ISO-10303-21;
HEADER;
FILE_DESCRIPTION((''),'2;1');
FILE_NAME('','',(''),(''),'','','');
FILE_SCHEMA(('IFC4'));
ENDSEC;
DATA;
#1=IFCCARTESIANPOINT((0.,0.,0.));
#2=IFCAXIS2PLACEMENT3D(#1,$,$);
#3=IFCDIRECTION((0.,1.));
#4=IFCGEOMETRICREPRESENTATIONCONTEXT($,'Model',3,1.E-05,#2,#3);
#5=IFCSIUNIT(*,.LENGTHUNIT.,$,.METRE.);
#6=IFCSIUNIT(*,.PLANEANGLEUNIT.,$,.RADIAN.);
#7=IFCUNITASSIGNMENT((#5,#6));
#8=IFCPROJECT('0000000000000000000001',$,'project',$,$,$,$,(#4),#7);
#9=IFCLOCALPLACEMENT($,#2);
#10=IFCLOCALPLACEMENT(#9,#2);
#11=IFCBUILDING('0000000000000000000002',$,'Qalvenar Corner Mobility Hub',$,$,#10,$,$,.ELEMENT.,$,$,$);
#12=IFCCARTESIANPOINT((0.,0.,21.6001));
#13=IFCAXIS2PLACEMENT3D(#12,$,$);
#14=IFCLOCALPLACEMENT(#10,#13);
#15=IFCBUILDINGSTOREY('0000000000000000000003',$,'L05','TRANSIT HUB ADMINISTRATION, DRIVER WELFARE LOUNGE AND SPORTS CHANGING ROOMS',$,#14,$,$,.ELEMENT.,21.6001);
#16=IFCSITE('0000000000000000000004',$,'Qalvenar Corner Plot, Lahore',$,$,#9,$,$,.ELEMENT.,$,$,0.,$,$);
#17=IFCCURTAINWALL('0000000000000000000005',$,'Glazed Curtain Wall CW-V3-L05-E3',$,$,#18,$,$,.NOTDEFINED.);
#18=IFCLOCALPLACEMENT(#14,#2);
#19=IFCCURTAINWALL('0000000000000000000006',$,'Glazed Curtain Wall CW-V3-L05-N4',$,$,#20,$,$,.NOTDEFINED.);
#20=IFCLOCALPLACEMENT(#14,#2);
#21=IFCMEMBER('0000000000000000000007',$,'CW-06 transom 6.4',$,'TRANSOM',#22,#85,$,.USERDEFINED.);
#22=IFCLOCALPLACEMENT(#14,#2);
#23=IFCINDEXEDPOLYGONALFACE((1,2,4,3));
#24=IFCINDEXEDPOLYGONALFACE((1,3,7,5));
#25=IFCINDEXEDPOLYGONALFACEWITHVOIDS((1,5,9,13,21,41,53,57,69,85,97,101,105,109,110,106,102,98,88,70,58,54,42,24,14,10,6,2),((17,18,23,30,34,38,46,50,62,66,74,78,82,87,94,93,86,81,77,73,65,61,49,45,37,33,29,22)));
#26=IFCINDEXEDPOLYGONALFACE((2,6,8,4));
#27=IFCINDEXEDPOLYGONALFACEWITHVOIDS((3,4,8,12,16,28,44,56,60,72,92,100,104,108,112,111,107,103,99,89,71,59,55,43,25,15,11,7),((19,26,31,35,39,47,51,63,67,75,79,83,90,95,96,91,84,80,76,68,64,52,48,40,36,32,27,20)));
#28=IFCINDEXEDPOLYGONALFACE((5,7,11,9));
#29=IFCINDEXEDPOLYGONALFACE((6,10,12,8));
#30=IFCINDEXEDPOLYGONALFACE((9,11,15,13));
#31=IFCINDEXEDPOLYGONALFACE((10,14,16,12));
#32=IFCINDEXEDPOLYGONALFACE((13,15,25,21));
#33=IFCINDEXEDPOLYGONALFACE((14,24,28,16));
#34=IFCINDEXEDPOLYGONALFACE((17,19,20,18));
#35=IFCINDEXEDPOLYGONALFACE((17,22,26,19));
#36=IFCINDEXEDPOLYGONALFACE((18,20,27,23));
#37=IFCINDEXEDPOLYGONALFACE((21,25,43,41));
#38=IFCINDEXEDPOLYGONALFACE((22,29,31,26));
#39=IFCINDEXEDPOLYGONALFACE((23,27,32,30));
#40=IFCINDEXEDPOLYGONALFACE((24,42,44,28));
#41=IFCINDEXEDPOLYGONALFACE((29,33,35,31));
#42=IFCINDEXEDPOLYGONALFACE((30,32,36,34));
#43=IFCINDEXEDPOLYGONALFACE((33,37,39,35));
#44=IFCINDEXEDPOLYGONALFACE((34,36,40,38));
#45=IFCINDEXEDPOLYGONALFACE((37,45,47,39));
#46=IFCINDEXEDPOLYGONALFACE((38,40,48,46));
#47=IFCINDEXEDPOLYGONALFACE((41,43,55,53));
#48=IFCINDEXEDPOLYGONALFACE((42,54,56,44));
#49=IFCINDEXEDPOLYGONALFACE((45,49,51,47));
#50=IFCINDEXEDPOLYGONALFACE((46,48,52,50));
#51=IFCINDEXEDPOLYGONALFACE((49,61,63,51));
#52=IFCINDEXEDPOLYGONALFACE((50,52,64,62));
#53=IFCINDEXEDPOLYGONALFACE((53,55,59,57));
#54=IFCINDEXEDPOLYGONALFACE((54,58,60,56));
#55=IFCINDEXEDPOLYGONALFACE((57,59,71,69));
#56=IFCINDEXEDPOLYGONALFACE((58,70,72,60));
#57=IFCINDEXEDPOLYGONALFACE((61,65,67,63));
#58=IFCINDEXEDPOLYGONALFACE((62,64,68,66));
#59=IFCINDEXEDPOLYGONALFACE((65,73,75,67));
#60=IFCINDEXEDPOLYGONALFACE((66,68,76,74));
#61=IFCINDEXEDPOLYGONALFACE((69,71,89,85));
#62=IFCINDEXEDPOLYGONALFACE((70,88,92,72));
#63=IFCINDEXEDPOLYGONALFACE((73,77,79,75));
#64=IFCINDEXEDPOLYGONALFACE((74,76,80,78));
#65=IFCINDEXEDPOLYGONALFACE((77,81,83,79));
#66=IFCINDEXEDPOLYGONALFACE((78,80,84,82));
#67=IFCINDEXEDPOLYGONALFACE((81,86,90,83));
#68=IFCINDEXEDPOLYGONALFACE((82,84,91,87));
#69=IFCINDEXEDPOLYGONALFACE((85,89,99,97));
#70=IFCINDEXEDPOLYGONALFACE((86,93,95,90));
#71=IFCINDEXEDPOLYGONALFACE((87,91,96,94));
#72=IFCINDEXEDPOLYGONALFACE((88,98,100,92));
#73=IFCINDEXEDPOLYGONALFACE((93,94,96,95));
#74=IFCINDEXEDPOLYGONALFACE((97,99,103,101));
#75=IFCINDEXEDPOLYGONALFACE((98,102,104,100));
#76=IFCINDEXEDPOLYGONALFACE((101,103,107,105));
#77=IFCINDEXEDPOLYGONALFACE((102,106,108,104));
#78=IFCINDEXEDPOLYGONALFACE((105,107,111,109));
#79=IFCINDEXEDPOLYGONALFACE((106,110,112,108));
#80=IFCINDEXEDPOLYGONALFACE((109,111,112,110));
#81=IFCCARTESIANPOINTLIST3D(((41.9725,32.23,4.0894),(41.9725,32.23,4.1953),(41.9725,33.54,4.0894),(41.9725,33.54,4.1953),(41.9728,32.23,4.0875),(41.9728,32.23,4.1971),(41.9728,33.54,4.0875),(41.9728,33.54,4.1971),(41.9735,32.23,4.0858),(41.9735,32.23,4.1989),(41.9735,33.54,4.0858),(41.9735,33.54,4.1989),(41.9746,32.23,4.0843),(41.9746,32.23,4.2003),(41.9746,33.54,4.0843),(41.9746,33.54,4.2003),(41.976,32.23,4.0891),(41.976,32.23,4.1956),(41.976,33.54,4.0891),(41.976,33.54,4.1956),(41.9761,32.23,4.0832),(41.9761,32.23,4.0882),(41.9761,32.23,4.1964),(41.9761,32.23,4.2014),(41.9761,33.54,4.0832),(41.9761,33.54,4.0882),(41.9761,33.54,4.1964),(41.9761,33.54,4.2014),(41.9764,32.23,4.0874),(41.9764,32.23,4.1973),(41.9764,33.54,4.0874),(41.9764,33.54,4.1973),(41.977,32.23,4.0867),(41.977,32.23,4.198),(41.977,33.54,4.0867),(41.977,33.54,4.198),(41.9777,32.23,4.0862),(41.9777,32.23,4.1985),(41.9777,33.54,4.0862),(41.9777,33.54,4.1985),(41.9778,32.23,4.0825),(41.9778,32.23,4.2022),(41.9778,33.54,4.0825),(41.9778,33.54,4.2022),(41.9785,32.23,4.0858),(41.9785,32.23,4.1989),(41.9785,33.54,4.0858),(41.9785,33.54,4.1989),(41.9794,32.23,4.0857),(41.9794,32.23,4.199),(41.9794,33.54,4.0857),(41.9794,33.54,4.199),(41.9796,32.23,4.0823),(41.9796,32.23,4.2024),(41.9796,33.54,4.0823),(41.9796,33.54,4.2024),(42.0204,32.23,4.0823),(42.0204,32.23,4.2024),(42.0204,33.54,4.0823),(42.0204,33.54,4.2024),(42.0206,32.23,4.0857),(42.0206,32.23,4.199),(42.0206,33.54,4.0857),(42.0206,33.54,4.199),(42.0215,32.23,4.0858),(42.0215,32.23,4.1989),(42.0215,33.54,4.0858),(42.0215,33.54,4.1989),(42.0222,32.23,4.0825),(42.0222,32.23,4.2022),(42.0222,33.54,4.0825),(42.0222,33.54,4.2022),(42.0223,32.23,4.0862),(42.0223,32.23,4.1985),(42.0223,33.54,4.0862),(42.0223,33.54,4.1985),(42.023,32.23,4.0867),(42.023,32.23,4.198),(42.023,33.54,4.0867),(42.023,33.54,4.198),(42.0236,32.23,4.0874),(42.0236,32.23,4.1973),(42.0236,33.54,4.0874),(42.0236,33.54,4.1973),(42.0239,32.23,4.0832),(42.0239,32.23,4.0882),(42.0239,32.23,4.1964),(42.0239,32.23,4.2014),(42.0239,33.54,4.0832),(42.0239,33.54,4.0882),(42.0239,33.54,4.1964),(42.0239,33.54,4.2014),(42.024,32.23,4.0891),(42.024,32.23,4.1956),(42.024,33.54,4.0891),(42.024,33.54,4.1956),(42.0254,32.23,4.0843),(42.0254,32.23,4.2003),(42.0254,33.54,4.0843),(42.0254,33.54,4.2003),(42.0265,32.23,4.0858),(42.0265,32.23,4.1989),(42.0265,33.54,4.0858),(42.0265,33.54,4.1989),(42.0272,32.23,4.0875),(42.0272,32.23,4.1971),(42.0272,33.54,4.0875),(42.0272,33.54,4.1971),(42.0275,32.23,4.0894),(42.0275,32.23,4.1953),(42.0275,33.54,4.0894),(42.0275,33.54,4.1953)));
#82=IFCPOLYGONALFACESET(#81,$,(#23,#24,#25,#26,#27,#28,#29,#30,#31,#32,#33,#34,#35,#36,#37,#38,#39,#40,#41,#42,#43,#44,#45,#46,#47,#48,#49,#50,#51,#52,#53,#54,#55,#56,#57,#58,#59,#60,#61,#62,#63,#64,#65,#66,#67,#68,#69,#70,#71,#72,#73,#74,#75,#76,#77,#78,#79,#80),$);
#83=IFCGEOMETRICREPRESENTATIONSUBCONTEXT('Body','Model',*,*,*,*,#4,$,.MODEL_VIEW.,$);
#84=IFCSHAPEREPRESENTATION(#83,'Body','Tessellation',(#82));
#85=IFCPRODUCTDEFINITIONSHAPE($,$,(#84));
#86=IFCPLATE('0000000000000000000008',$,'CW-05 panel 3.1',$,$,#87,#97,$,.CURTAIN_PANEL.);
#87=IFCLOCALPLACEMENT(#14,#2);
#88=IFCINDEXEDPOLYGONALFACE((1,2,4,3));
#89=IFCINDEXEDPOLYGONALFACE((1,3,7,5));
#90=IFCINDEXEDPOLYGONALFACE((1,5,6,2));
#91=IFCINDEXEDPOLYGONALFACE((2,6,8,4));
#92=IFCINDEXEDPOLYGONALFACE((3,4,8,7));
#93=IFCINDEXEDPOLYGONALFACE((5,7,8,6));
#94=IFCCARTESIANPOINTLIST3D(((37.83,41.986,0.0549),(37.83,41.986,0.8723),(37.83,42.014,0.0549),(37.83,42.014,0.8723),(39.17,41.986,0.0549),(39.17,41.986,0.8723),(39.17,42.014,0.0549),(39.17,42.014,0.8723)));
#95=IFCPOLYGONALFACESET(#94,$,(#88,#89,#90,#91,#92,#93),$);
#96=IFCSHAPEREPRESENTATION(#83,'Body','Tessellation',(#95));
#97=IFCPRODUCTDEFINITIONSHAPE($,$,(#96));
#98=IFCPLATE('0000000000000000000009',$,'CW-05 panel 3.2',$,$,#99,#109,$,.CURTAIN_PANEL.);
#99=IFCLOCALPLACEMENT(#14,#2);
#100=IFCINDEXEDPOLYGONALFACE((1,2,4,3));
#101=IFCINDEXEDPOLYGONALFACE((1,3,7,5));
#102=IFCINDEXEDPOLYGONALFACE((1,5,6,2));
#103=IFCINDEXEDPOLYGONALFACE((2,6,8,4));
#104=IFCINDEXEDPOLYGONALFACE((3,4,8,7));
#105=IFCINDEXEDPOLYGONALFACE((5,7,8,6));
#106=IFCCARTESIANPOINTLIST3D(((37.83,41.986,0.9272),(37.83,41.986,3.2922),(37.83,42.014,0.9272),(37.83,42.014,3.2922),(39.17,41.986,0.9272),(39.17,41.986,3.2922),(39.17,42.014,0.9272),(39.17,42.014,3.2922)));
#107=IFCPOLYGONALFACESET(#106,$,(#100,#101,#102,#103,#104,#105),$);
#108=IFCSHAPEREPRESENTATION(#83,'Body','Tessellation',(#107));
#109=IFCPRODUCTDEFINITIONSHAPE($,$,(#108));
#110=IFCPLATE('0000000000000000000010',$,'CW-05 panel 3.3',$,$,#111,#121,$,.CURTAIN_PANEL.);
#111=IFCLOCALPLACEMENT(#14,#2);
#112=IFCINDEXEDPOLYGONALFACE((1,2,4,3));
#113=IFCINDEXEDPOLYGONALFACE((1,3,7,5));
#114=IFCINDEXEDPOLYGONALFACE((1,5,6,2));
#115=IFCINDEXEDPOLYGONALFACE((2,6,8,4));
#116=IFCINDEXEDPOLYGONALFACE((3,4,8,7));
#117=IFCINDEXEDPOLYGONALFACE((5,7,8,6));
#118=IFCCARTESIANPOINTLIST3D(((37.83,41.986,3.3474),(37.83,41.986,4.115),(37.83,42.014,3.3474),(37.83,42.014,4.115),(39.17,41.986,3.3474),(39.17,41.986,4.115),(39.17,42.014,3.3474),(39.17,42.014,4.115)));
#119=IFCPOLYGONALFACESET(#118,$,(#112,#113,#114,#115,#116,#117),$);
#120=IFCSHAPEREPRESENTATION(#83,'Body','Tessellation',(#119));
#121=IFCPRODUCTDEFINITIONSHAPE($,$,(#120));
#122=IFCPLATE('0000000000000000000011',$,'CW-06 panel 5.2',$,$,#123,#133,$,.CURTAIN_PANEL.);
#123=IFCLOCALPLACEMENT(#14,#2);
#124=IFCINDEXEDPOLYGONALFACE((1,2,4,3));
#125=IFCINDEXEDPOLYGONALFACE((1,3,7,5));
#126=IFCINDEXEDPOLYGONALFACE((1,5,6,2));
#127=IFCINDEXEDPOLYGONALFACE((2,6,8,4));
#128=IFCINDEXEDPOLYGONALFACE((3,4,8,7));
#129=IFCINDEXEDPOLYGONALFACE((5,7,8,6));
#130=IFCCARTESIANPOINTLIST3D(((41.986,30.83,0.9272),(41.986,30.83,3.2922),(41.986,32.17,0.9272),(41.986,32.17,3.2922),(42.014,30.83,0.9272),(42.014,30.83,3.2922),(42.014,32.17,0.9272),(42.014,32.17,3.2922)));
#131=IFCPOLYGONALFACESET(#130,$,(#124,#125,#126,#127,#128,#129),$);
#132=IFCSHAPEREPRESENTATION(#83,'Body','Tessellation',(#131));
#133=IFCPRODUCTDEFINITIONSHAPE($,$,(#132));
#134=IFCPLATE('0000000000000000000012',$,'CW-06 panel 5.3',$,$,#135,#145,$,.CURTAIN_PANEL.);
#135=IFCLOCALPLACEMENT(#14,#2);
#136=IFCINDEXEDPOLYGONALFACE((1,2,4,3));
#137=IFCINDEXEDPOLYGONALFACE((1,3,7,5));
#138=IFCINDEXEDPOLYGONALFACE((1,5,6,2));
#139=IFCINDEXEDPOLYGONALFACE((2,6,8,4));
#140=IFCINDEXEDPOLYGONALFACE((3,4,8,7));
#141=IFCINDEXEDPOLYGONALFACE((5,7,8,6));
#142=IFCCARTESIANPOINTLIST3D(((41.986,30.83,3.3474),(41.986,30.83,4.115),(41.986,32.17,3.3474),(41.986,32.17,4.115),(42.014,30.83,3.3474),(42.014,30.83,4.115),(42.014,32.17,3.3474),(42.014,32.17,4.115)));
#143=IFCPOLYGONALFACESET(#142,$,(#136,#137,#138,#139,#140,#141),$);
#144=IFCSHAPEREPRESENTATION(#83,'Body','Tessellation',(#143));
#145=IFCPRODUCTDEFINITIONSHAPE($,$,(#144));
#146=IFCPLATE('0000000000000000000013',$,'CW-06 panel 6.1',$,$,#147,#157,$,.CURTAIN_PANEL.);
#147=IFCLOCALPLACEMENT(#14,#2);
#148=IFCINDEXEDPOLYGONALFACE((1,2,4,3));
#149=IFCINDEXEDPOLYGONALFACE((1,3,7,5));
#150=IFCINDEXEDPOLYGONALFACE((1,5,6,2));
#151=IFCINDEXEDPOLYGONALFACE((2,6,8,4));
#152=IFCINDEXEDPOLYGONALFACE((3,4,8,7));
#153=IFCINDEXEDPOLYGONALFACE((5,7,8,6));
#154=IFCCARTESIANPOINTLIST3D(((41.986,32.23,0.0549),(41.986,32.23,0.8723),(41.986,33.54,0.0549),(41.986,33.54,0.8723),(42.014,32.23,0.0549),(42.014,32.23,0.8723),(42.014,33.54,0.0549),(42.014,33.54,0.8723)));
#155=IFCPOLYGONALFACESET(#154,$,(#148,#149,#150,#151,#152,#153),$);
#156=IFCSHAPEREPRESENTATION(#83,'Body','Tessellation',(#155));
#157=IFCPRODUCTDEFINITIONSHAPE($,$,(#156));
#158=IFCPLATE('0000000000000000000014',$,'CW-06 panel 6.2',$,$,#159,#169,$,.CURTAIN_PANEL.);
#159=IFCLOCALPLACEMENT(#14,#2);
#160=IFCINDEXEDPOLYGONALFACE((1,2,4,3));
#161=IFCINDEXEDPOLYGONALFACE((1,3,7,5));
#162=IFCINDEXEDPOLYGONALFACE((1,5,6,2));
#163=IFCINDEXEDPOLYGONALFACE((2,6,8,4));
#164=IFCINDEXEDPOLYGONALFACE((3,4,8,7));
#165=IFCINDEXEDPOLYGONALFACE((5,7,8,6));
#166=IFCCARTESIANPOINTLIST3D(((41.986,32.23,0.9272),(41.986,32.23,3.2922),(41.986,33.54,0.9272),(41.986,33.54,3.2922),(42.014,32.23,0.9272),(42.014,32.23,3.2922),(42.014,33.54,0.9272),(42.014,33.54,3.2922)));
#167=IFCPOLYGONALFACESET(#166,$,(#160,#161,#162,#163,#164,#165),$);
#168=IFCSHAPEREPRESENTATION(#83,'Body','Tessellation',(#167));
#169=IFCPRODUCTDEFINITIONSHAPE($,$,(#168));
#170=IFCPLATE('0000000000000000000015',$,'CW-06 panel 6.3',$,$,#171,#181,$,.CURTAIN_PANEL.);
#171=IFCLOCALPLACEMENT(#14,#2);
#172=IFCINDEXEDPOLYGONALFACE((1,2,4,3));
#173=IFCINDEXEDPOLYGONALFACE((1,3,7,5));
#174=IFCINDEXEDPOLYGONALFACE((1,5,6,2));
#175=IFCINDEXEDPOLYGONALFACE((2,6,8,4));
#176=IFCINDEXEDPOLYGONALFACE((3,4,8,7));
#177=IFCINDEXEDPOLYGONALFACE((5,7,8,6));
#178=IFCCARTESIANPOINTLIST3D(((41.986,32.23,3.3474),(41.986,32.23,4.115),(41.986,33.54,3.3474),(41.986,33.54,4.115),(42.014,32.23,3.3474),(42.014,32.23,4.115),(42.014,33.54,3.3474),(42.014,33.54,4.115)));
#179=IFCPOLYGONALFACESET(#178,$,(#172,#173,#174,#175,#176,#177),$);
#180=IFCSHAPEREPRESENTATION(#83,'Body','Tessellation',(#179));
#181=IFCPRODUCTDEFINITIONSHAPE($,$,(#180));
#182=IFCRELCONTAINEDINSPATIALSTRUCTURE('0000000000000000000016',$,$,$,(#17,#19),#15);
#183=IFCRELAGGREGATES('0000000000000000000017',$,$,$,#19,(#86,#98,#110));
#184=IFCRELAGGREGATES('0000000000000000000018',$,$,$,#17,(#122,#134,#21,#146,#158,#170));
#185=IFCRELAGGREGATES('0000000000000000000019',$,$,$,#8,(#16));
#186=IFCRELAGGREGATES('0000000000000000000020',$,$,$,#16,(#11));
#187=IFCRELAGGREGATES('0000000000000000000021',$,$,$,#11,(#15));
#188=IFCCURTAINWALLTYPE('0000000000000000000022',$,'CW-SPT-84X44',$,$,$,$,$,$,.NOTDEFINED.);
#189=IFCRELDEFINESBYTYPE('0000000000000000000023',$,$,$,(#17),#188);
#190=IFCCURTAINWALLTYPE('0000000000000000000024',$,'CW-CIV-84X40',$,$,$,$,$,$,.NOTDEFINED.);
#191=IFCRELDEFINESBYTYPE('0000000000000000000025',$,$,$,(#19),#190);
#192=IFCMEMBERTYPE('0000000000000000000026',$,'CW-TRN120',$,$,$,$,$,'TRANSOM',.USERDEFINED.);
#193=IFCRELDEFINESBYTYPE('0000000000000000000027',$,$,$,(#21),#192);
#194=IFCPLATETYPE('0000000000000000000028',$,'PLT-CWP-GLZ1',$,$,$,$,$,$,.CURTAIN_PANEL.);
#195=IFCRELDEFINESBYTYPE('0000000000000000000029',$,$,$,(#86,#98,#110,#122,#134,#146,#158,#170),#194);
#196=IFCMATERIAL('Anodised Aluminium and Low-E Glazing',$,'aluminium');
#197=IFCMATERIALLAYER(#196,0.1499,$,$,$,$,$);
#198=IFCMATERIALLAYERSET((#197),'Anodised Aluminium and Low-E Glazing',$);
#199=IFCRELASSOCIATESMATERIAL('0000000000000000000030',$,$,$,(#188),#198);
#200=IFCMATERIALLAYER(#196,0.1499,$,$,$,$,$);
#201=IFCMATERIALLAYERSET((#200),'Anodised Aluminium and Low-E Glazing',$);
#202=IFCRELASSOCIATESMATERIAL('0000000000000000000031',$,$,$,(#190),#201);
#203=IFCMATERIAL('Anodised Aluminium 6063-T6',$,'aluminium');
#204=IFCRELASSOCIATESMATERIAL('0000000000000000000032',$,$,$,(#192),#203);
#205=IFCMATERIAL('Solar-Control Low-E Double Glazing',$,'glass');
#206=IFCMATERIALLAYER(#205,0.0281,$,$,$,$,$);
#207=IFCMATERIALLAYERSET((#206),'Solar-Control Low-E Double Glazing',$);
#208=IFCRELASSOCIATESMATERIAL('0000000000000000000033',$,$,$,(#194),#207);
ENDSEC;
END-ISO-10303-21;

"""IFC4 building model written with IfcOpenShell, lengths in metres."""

from ifc_helpers import new_model, si_unit, direction, frame, origin, origin_2d, place, context, subcontext, project, spatial, rectangle, hollow_rectangle, extrude, material, layer, layer_set, material_profile, profile_set, type_object, element, aggregate, save


model = new_model("IFC4")

# Units and contexts
model_context = context("Model", 3, precision=1e-05, world=origin(), true_north=direction((0.0, 1.0)))
body_context = subcontext(model_context, "Body", "Model", "MODEL_VIEW")
ifc_project = project(units=[si_unit("LENGTHUNIT", "METRE"), si_unit("PLANEANGLEUNIT", "RADIAN")], contexts=[model_context])

# Site, building, storey
site_placement = place(None, origin())
site = spatial("IfcSite", under=ifc_project, at=site_placement, Name="Qalvenar Corner Plot, Lahore", CompositionType="ELEMENT", RefElevation=0.0)
building_placement = place(site_placement, origin())
building = spatial("IfcBuilding", under=site, at=building_placement, Name="Qalvenar Corner Mobility Hub", CompositionType="ELEMENT")
storey_placement = place(building_placement, frame((0.0, 0.0, 21.6001)))
storey = spatial("IfcBuildingStorey", under=building, at=storey_placement, Name="L05", Description="TRANSIT HUB ADMINISTRATION, DRIVER WELFARE LOUNGE AND SPORTS CHANGING ROOMS", CompositionType="ELEMENT", Elevation=21.6001)

# Curtain walls
ifc_material_1 = material(Name="Anodised Aluminium and Low-E Glazing", Category="aluminium")
ifc_layer_1 = layer(ifc_material_1, 0.1499)
ifc_layer_set_1 = layer_set([ifc_layer_1], Name="Anodised Aluminium and Low-E Glazing")
curtain_wall_type_1 = type_object("IfcCurtainWallType", Name="CW-SPT-84X44", PredefinedType="NOTDEFINED", material=ifc_layer_set_1)
curtain_wall_1_placement = place(storey_placement, origin())
curtain_wall_1 = element("IfcCurtainWall", 1, at=curtain_wall_1_placement, inside=storey, type_object=curtain_wall_type_1, Name="Glazed Curtain Wall CW-V3-L05-E3", PredefinedType="NOTDEFINED")
ifc_material_2 = material(Name="Anodised Aluminium 6063-T6", Category="aluminium")
ifc_layer_2 = layer(ifc_material_1, 0.1499)
ifc_layer_set_2 = layer_set([ifc_layer_2], Name="Anodised Aluminium and Low-E Glazing")
curtain_wall_type_2 = type_object("IfcCurtainWallType", Name="CW-CIV-84X40", PredefinedType="NOTDEFINED", material=ifc_layer_set_2)
curtain_wall_2_placement = place(storey_placement, origin())
curtain_wall_2 = element("IfcCurtainWall", 2, at=curtain_wall_2_placement, inside=storey, type_object=curtain_wall_type_2, Name="Glazed Curtain Wall CW-V3-L05-N4", PredefinedType="NOTDEFINED")
ifc_material_profile_1 = material_profile(ifc_material_2, hollow_rectangle(XDim=0.0549, YDim=0.1201, WallThickness=0.0034, InnerFilletRadius=0.0034, OuterFilletRadius=0.0071, at=origin_2d()), Name="RHS120x55x3.5")
ifc_profile_set_1 = profile_set([ifc_material_profile_1], Name="Anodised Aluminium 6063-T6")
member_type_1 = type_object("IfcMemberType", Name="CW-TRN120", ElementType="TRANSOM", PredefinedType="USERDEFINED", material=ifc_profile_set_1)

# Member
member_1_placement = place(storey_placement, frame((42.0, 32.23, 4.1423), z_axis=(0.0, 1.0, 0.0), x_axis=(-1.0, 0.0, 0.0)))
member_1 = element("IfcMember", 3, at=member_1_placement, type_object=member_type_1, Name="CW-06 transom 6.4", ObjectType="TRANSOM", PredefinedType="USERDEFINED", context=body_context, shape_type="SweptSolid", body=[
    extrude(hollow_rectangle(XDim=0.0549, YDim=0.1201, WallThickness=0.0034, InnerFilletRadius=0.0034, OuterFilletRadius=0.0071, at=origin_2d()), origin(), (0.0, 0.0, 1.0), 1.3101),
])

# Plates
ifc_material_3 = material(Name="Solar-Control Low-E Double Glazing", Category="glass")
ifc_layer_3 = layer(ifc_material_3, 0.0281)
ifc_layer_set_3 = layer_set([ifc_layer_3], Name="Solar-Control Low-E Double Glazing")
plate_type = type_object("IfcPlateType", Name="PLT-CWP-GLZ1", PredefinedType="CURTAIN_PANEL", material=ifc_layer_set_3)
plate_1_placement = place(storey_placement, frame((38.5, 42.0, 0.0549), z_axis=(0.0, 0.0, 1.0), x_axis=(-1.0, 0.0, 0.0)))
plate_1 = element("IfcPlate", 4, at=plate_1_placement, type_object=plate_type, Name="CW-05 panel 3.1", PredefinedType="CURTAIN_PANEL", context=body_context, shape_type="SweptSolid", body=[
    extrude(rectangle(XDim=1.3401, YDim=0.0281, at=origin_2d()), origin(), (0.0, 0.0, 1.0), 0.8174),
])
plate_2_placement = place(storey_placement, frame((38.5, 42.0, 0.9272), z_axis=(0.0, 0.0, 1.0), x_axis=(-1.0, 0.0, 0.0)))
plate_2 = element("IfcPlate", 5, at=plate_2_placement, type_object=plate_type, Name="CW-05 panel 3.2", PredefinedType="CURTAIN_PANEL", context=body_context, shape_type="SweptSolid", body=[
    extrude(rectangle(XDim=1.3401, YDim=0.0281, at=origin_2d()), origin(), (0.0, 0.0, 1.0), 2.365),
])
plate_3_placement = place(storey_placement, frame((38.5, 42.0, 3.3474), z_axis=(0.0, 0.0, 1.0), x_axis=(-1.0, 0.0, 0.0)))
plate_3 = element("IfcPlate", 6, at=plate_3_placement, type_object=plate_type, Name="CW-05 panel 3.3", PredefinedType="CURTAIN_PANEL", context=body_context, shape_type="SweptSolid", body=[
    extrude(rectangle(XDim=1.3401, YDim=0.0281, at=origin_2d()), origin(), (0.0, 0.0, 1.0), 0.7676),
])
aggregate(curtain_wall_2, [plate_1, plate_2, plate_3])
plate_4_placement = place(storey_placement, frame((42.0, 31.5, 0.9272), z_axis=(0.0, 0.0, 1.0), x_axis=(0.0, 1.0, 0.0)))
plate_4 = element("IfcPlate", 7, at=plate_4_placement, type_object=plate_type, Name="CW-06 panel 5.2", PredefinedType="CURTAIN_PANEL", context=body_context, shape_type="SweptSolid", body=[
    extrude(rectangle(XDim=1.3401, YDim=0.0281, at=origin_2d()), origin(), (0.0, 0.0, 1.0), 2.365),
])
plate_5_placement = place(storey_placement, frame((42.0, 31.5, 3.3474), z_axis=(0.0, 0.0, 1.0), x_axis=(0.0, 1.0, 0.0)))
plate_5 = element("IfcPlate", 8, at=plate_5_placement, type_object=plate_type, Name="CW-06 panel 5.3", PredefinedType="CURTAIN_PANEL", context=body_context, shape_type="SweptSolid", body=[
    extrude(rectangle(XDim=1.3401, YDim=0.0281, at=origin_2d()), origin(), (0.0, 0.0, 1.0), 0.7676),
])
plate_6_placement = place(storey_placement, frame((42.0, 32.885, 0.0549), z_axis=(0.0, 0.0, 1.0), x_axis=(0.0, 1.0, 0.0)))
plate_6 = element("IfcPlate", 9, at=plate_6_placement, type_object=plate_type, Name="CW-06 panel 6.1", PredefinedType="CURTAIN_PANEL", context=body_context, shape_type="SweptSolid", body=[
    extrude(rectangle(XDim=1.3101, YDim=0.0281, at=origin_2d()), origin(), (0.0, 0.0, 1.0), 0.8174),
])
plate_7_placement = place(storey_placement, frame((42.0, 32.885, 0.9272), z_axis=(0.0, 0.0, 1.0), x_axis=(0.0, 1.0, 0.0)))
plate_7 = element("IfcPlate", 10, at=plate_7_placement, type_object=plate_type, Name="CW-06 panel 6.2", PredefinedType="CURTAIN_PANEL", context=body_context, shape_type="SweptSolid", body=[
    extrude(rectangle(XDim=1.3101, YDim=0.0281, at=origin_2d()), origin(), (0.0, 0.0, 1.0), 2.365),
])
plate_8_placement = place(storey_placement, frame((42.0, 32.885, 3.3474), z_axis=(0.0, 0.0, 1.0), x_axis=(0.0, 1.0, 0.0)))
plate_8 = element("IfcPlate", 11, at=plate_8_placement, type_object=plate_type, Name="CW-06 panel 6.3", PredefinedType="CURTAIN_PANEL", context=body_context, shape_type="SweptSolid", body=[
    extrude(rectangle(XDim=1.3101, YDim=0.0281, at=origin_2d()), origin(), (0.0, 0.0, 1.0), 0.7676),
])
aggregate(curtain_wall_1, [plate_4, plate_5, member_1, plate_6, plate_7, plate_8])

save(model, "model.ifc")
